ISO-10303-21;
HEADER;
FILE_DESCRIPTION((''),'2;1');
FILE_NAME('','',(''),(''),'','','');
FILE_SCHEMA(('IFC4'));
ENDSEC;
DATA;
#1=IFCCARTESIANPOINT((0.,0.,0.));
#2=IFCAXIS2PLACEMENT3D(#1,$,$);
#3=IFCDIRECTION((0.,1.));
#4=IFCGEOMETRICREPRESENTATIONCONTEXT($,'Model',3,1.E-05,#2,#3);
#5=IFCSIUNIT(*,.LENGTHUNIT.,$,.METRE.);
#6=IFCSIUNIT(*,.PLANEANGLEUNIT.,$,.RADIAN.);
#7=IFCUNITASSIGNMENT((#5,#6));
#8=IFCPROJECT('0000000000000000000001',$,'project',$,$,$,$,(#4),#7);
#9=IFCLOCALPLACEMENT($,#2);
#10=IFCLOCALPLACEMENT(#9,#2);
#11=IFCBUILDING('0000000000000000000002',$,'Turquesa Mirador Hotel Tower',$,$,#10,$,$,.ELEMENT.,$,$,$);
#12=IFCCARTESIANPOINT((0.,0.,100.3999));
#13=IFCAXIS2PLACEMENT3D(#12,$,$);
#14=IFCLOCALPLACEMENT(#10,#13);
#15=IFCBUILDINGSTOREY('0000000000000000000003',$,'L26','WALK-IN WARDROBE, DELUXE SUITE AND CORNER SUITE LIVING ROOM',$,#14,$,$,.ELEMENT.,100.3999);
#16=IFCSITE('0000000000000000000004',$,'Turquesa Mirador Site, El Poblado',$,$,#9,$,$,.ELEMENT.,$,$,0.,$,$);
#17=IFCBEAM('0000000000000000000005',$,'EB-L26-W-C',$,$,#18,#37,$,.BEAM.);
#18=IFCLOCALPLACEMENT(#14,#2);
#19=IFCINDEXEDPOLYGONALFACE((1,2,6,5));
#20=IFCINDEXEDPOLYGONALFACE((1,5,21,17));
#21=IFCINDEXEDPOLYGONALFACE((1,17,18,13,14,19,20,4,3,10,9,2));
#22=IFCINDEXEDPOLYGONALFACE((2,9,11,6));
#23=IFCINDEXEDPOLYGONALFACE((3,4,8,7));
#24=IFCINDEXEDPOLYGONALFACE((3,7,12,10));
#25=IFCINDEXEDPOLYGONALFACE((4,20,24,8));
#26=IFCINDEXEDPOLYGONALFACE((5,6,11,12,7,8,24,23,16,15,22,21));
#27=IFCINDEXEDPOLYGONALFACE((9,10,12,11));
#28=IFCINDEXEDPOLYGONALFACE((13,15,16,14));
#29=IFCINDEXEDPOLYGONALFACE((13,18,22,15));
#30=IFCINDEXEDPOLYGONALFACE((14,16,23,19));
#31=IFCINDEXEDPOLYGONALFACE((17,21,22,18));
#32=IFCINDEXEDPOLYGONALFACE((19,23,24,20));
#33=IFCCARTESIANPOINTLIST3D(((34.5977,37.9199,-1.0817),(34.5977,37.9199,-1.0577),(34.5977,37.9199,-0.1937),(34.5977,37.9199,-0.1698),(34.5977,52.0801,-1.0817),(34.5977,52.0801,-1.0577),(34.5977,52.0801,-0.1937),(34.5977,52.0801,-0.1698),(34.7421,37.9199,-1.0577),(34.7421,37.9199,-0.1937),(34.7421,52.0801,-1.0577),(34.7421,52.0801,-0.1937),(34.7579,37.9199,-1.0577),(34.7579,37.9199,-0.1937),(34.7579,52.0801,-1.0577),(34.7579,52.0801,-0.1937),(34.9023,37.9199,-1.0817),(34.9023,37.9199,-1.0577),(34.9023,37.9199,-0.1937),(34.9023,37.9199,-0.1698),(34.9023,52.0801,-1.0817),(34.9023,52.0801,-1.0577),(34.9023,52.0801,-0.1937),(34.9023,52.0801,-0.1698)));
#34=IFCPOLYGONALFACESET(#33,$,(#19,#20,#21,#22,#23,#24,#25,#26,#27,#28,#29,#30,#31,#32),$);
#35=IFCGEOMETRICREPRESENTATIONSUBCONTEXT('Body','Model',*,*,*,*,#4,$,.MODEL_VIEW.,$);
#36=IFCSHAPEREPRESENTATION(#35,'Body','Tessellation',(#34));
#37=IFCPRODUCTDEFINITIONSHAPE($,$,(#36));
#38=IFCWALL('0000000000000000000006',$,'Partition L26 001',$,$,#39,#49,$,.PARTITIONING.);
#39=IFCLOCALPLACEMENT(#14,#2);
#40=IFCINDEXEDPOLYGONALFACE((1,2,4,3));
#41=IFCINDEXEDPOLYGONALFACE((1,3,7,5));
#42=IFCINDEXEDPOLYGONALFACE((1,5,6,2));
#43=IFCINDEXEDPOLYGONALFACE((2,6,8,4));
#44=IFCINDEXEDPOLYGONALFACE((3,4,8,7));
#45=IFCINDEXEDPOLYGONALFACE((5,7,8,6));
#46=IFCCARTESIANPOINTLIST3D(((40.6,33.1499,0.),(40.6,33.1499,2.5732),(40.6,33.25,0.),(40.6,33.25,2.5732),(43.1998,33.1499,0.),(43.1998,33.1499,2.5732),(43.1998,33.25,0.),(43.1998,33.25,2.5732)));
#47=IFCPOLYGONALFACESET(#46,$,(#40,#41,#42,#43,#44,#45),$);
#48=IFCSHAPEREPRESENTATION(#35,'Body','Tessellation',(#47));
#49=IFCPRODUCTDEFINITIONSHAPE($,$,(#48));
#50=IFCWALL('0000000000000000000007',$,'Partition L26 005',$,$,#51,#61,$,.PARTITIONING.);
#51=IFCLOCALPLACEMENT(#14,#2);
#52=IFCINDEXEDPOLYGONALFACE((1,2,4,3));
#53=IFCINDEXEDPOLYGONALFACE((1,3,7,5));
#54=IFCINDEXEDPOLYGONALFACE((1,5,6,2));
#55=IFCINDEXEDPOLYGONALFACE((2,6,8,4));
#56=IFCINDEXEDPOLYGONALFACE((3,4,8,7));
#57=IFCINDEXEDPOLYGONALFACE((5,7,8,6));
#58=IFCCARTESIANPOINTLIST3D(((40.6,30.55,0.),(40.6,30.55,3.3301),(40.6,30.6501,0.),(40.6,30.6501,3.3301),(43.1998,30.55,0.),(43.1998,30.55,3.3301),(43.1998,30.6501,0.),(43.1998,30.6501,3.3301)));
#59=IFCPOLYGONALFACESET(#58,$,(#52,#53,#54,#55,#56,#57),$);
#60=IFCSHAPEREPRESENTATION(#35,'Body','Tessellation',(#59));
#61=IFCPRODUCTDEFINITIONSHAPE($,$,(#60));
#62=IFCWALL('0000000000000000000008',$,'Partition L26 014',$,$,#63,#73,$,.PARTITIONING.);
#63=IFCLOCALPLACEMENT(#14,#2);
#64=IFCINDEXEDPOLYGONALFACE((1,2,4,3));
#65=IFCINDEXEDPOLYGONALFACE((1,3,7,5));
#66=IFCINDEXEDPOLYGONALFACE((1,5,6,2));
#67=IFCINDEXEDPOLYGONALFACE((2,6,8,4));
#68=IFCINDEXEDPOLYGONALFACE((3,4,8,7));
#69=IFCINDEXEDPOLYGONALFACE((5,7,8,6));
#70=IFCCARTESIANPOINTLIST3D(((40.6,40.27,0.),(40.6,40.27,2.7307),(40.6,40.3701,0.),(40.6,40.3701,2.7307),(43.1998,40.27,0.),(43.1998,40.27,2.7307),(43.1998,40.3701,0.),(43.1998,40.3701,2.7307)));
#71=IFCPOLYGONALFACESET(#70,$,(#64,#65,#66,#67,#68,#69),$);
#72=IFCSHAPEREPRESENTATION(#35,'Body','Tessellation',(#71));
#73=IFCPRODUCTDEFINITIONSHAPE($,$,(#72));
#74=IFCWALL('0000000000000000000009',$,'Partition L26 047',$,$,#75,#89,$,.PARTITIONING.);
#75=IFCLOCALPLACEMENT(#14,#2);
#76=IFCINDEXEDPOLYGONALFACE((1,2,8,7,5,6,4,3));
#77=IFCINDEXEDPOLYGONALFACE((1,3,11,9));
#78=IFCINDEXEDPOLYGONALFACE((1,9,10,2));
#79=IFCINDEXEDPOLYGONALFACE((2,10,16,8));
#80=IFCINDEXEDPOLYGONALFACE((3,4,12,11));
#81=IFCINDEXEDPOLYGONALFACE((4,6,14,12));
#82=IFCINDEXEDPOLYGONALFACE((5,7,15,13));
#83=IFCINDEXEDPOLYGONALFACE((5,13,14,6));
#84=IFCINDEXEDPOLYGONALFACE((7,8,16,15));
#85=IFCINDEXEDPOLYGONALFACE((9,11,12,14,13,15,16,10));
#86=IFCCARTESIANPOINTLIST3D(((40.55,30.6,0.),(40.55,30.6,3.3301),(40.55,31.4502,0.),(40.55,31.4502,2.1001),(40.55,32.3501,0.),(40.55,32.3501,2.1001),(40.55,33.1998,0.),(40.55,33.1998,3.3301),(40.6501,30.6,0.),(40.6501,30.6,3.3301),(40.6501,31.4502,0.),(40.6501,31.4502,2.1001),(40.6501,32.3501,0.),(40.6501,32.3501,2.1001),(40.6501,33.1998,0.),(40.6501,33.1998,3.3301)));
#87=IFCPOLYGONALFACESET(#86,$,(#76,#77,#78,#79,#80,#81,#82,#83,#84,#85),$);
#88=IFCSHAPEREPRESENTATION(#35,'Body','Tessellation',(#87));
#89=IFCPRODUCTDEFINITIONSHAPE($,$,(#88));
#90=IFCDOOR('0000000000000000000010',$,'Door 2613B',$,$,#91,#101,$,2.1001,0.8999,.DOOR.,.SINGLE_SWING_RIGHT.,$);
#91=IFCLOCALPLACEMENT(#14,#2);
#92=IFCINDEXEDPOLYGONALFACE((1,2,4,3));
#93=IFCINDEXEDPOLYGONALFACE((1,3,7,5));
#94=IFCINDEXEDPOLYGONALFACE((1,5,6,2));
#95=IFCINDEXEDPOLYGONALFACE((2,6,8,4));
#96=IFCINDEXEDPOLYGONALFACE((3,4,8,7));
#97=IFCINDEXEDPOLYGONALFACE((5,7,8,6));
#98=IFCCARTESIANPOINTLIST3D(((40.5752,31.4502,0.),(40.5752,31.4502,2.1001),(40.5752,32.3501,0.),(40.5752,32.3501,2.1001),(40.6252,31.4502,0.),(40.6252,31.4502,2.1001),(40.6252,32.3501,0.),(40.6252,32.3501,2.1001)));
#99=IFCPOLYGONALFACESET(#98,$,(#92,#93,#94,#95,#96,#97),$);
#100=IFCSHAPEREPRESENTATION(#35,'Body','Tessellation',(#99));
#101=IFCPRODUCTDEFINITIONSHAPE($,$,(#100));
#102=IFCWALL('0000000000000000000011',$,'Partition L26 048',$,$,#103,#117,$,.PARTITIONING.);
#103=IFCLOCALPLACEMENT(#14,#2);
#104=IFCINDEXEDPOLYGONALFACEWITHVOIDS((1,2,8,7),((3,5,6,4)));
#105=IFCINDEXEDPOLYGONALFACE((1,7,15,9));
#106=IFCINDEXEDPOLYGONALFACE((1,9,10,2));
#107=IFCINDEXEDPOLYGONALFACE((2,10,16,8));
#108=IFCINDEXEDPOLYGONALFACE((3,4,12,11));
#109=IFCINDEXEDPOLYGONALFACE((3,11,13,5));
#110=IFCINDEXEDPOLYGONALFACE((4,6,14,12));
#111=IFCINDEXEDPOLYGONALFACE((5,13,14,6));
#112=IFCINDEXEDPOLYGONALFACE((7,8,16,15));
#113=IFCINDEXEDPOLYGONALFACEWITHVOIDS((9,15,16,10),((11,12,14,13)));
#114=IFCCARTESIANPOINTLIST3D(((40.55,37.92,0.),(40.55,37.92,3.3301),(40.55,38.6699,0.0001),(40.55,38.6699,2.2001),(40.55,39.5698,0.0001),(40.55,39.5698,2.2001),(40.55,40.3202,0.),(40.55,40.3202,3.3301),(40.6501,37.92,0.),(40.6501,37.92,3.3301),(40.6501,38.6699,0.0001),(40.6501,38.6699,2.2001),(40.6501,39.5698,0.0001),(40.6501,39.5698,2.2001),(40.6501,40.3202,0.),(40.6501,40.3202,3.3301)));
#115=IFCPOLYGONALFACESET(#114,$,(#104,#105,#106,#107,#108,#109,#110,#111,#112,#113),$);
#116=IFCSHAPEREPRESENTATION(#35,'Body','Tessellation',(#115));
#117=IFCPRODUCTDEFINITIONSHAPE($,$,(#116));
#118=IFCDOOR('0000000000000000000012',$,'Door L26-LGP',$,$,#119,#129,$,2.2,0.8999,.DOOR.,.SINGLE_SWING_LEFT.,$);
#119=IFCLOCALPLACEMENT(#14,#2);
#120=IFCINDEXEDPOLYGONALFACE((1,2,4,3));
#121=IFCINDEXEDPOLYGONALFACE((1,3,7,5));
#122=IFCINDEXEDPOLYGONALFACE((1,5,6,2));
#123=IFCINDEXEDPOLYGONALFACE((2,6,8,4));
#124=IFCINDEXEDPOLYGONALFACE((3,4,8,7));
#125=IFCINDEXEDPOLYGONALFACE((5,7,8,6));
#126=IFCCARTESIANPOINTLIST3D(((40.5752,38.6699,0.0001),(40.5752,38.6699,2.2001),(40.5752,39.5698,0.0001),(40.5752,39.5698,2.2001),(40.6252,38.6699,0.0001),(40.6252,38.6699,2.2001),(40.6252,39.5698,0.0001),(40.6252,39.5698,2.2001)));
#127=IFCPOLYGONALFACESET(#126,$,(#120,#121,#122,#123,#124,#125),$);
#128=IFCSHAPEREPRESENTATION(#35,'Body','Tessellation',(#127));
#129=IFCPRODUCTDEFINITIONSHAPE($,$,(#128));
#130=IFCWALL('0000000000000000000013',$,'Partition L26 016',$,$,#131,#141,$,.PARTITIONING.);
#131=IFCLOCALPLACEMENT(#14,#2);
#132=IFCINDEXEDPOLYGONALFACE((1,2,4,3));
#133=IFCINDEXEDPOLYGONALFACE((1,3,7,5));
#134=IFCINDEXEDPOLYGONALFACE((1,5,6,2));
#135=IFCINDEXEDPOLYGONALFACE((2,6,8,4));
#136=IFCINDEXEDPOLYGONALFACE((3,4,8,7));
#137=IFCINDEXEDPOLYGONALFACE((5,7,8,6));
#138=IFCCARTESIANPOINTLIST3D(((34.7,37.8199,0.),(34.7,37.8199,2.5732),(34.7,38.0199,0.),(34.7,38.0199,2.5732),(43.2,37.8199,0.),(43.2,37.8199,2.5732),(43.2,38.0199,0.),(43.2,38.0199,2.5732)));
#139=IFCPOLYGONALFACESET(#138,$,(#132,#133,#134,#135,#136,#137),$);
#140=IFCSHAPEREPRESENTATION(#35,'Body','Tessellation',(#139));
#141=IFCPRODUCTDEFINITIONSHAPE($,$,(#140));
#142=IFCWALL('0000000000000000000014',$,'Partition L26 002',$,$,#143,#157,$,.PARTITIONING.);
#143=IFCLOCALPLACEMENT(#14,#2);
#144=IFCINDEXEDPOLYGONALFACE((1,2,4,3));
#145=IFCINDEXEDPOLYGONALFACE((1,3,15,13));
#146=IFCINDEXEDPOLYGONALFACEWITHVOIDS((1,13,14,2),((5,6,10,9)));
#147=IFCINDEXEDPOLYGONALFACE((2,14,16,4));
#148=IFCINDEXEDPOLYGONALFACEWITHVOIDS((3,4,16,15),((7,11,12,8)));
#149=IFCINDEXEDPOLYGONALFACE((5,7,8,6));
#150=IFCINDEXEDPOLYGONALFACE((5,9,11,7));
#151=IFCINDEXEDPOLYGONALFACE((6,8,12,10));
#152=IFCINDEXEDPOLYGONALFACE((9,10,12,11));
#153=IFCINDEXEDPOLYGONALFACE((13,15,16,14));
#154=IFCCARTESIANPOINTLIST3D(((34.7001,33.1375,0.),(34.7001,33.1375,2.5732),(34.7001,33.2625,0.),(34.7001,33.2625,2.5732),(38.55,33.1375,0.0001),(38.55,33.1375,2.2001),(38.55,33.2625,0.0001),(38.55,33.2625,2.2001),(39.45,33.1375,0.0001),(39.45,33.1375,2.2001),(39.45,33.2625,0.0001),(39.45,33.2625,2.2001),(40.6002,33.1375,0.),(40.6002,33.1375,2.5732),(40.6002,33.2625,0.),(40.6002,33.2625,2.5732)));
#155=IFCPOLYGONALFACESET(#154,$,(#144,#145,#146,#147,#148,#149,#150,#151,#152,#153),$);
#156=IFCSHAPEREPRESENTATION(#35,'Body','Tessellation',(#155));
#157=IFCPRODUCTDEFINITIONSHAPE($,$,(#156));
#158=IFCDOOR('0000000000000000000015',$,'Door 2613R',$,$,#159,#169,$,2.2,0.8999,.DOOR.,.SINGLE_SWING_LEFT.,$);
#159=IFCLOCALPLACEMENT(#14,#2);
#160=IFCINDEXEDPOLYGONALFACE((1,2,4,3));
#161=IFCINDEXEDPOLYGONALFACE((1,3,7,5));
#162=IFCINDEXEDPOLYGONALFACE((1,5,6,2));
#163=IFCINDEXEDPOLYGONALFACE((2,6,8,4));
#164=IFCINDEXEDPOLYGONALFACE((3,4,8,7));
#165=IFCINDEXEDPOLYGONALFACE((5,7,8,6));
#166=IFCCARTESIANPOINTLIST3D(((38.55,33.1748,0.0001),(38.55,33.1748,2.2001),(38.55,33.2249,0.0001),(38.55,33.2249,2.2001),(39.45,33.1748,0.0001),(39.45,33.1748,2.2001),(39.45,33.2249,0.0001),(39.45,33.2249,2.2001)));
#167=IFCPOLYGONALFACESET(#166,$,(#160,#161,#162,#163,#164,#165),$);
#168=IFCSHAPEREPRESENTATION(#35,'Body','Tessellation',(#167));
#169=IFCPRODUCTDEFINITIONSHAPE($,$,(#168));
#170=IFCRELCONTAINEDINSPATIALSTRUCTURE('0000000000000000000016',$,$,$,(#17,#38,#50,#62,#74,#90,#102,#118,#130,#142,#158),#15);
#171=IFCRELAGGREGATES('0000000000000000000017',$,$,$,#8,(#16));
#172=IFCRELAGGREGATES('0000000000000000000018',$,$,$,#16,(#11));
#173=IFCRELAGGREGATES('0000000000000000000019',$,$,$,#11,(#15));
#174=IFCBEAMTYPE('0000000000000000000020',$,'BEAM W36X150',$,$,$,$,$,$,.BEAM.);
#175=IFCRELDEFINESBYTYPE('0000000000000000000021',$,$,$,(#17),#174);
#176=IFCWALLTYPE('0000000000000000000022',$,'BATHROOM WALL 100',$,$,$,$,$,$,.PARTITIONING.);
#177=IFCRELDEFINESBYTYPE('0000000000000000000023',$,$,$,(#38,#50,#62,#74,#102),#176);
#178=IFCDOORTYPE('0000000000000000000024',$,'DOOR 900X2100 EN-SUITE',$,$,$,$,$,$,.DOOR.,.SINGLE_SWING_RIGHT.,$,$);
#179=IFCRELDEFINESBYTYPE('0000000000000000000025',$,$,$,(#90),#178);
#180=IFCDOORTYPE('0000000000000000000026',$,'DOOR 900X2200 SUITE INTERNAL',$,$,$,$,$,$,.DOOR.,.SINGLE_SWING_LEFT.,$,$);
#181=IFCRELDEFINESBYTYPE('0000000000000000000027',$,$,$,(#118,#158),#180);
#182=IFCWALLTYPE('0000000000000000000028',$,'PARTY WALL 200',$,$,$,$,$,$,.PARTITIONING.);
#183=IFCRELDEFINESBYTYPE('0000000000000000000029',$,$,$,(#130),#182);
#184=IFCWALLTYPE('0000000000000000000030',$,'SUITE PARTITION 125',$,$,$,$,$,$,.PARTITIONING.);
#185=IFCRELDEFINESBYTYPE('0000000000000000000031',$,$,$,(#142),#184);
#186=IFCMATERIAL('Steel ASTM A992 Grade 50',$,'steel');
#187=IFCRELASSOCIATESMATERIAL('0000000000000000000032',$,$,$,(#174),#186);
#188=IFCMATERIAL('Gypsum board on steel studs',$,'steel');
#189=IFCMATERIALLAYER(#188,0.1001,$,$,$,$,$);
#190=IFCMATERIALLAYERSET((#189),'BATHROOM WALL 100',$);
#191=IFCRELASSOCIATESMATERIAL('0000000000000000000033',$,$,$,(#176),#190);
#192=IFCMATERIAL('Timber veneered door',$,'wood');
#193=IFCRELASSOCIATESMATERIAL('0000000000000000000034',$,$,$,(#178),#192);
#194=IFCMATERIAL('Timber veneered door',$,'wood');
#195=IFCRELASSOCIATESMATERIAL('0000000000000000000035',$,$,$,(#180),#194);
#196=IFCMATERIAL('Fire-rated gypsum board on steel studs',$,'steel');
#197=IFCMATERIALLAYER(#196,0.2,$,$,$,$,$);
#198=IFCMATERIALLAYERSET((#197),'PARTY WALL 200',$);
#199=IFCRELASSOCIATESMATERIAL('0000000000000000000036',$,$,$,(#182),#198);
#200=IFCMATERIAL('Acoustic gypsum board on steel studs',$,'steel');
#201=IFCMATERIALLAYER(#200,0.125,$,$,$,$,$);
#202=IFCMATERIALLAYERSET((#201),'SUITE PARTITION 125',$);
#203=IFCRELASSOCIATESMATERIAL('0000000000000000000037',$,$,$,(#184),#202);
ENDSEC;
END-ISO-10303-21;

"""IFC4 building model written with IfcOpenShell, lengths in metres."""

from ifc_helpers import new_model, si_unit, direction, frame, frame_2d, origin, origin_2d, place, context, subcontext, project, spatial, rectangle, i_section, extrude, material, layer, layer_set, material_profile, profile_set, type_object, element, fill, save


model = new_model("IFC4")

# Units and contexts
model_context = context("Model", 3, precision=1e-05, world=origin(), true_north=direction((0.0, 1.0)))
body_context = subcontext(model_context, "Body", "Model", "MODEL_VIEW")
ifc_project = project(units=[si_unit("LENGTHUNIT", "METRE"), si_unit("PLANEANGLEUNIT", "RADIAN")], contexts=[model_context])

# Site, building, storey
site_placement = place(None, origin())
site = spatial("IfcSite", under=ifc_project, at=site_placement, Name="Turquesa Mirador Site, El Poblado", CompositionType="ELEMENT", RefElevation=0.0)
building_placement = place(site_placement, origin())
building = spatial("IfcBuilding", under=site, at=building_placement, Name="Turquesa Mirador Hotel Tower", CompositionType="ELEMENT")
storey_placement = place(building_placement, frame((0.0, 0.0, 100.3999)))
storey = spatial("IfcBuildingStorey", under=building, at=storey_placement, Name="L26", Description="WALK-IN WARDROBE, DELUXE SUITE AND CORNER SUITE LIVING ROOM", CompositionType="ELEMENT", Elevation=100.3999)

# Beam
ifc_material_1 = material(Name="Steel ASTM A992 Grade 50", Category="steel")
ifc_material_profile_1 = material_profile(ifc_material_1, i_section(OverallWidth=0.3047, OverallDepth=0.9119, WebThickness=0.0159, FlangeThickness=0.0239, at=origin_2d()), Name="W36X150")
ifc_profile_set_1 = profile_set([ifc_material_profile_1], Name="Steel ASTM A992 Grade 50")
beam_type_1 = type_object("IfcBeamType", Name="BEAM W36X150", PredefinedType="BEAM", material=ifc_profile_set_1)
beam_1_placement = place(storey_placement, frame((34.75, 37.9199, -0.6257), z_axis=(0.0, 1.0, 0.0), x_axis=(-1.0, 0.0, 0.0)))
element("IfcBeam", 1, at=beam_1_placement, inside=storey, type_object=beam_type_1, Name="EB-L26-W-C", PredefinedType="BEAM", context=body_context, shape_type="SweptSolid", body=[
    extrude(i_section(OverallWidth=0.3047, OverallDepth=0.9119, WebThickness=0.0159, FlangeThickness=0.0239, at=origin_2d()), origin(), (0.0, 0.0, 1.0), 14.1602),
])

# Walls
ifc_material_2 = material(Name="Gypsum board on steel studs", Category="steel")
ifc_layer_1 = layer(ifc_material_2, 0.1001)
ifc_layer_set_1 = layer_set([ifc_layer_1], Name="BATHROOM WALL 100")
wall_type_1 = type_object("IfcWallType", Name="BATHROOM WALL 100", PredefinedType="PARTITIONING", material=ifc_layer_set_1)
wall_1_placement = place(storey_placement, frame((40.6001, 33.2, 0.0), z_axis=(0.0, 0.0, 1.0), x_axis=(1.0, 0.0, 0.0)))
element("IfcWall", 2, at=wall_1_placement, inside=storey, type_object=wall_type_1, Name="Partition L26 001", PredefinedType="PARTITIONING", context=body_context, shape_type="SweptSolid", body=[
    extrude(rectangle(XDim=2.5999, YDim=0.1001, at=frame_2d((1.2998, 0.0))), origin(), (0.0, 0.0, 1.0), 2.5732),
])
wall_2_placement = place(storey_placement, frame((40.6001, 30.6001, 0.0), z_axis=(0.0, 0.0, 1.0), x_axis=(1.0, 0.0, 0.0)))
element("IfcWall", 3, at=wall_2_placement, inside=storey, type_object=wall_type_1, Name="Partition L26 005", PredefinedType="PARTITIONING", context=body_context, shape_type="SweptSolid", body=[
    extrude(rectangle(XDim=2.5999, YDim=0.1001, at=frame_2d((1.2998, 0.0))), origin(), (0.0, 0.0, 1.0), 3.3301),
])
wall_3_placement = place(storey_placement, frame((40.6001, 40.3201, 0.0), z_axis=(0.0, 0.0, 1.0), x_axis=(1.0, 0.0, 0.0)))
element("IfcWall", 4, at=wall_3_placement, inside=storey, type_object=wall_type_1, Name="Partition L26 014", PredefinedType="PARTITIONING", context=body_context, shape_type="SweptSolid", body=[
    extrude(rectangle(XDim=2.5999, YDim=0.1001, at=frame_2d((1.2998, 0.0))), origin(), (0.0, 0.0, 1.0), 2.7307),
])

# Walls, openings, doors
wall_4_placement = place(storey_placement, frame((40.6001, 30.6001, 0.0), z_axis=(0.0, 0.0, 1.0), x_axis=(0.0, 1.0, 0.0)))
wall_4 = element("IfcWall", 5, at=wall_4_placement, inside=storey, type_object=wall_type_1, Name="Partition L26 047", PredefinedType="PARTITIONING", context=body_context, shape_type="SweptSolid", body=[
    extrude(rectangle(XDim=2.5999, YDim=0.1001, at=frame_2d((1.2998, 0.0))), origin(), (0.0, 0.0, 1.0), 3.3301),
])
opening_1_placement = place(wall_4_placement, frame((0.8501, 0.0, 0.0)))
opening_1 = element("IfcOpeningElement", 6, at=opening_1_placement, cuts=wall_4, PredefinedType="OPENING", context=body_context, shape_type="SweptSolid", body=[
    extrude(rectangle(XDim=0.8999, YDim=2.1001, at=frame_2d((0.45, 1.05))), frame((0.0, 0.0601, 0.0), z_axis=(0.0, -1.0, 0.0), x_axis=(1.0, 0.0, 0.0)), (0.0, 0.0, 1.0), 0.1201),
])
ifc_material_3 = material(Name="Timber veneered door", Category="wood")
door_type_1 = type_object("IfcDoorType", Name="DOOR 900X2100 EN-SUITE", OperationType="SINGLE_SWING_RIGHT", PredefinedType="DOOR", material=ifc_material_3)
door_1_placement = place(opening_1_placement, origin())
door_1 = element("IfcDoor", 7, at=door_1_placement, inside=storey, type_object=door_type_1, Name="Door 2613B", OperationType="SINGLE_SWING_RIGHT", OverallHeight=2.1001, OverallWidth=0.8999, PredefinedType="DOOR", context=body_context, shape_type="SweptSolid", body=[
    extrude(rectangle(XDim=0.8999, YDim=2.1001, at=frame_2d((0.45, 1.05))), frame((0.0, 0.0249, 0.0), z_axis=(0.0, -1.0, 0.0), x_axis=(1.0, 0.0, 0.0)), (0.0, 0.0, 1.0), 0.05),
])
fill(opening_1, door_1)
wall_5_placement = place(storey_placement, frame((40.6001, 37.9199, 0.0), z_axis=(0.0, 0.0, 1.0), x_axis=(0.0, 1.0, 0.0)))
wall_5 = element("IfcWall", 8, at=wall_5_placement, inside=storey, type_object=wall_type_1, Name="Partition L26 048", PredefinedType="PARTITIONING", context=body_context, shape_type="SweptSolid", body=[
    extrude(rectangle(XDim=2.4001, YDim=0.1001, at=frame_2d((1.2002, 0.0))), origin(), (0.0, 0.0, 1.0), 3.3301),
])
opening_2_placement = place(wall_5_placement, frame((0.75, 0.0, 0.0)))
opening_2 = element("IfcOpeningElement", 9, at=opening_2_placement, cuts=wall_5, PredefinedType="OPENING", context=body_context, shape_type="SweptSolid", body=[
    extrude(rectangle(XDim=0.8999, YDim=2.2, at=frame_2d((0.45, 1.1001))), frame((0.0, 0.0601, 0.0), z_axis=(0.0, -1.0, 0.0), x_axis=(1.0, 0.0, 0.0)), (0.0, 0.0, 1.0), 0.1201),
])
ifc_material_4 = material(Name="Timber veneered door", Category="wood")
door_type_2 = type_object("IfcDoorType", Name="DOOR 900X2200 SUITE INTERNAL", OperationType="SINGLE_SWING_LEFT", PredefinedType="DOOR", material=ifc_material_4)
door_2_placement = place(opening_2_placement, origin())
door_2 = element("IfcDoor", 10, at=door_2_placement, inside=storey, type_object=door_type_2, Name="Door L26-LGP", OperationType="SINGLE_SWING_LEFT", OverallHeight=2.2, OverallWidth=0.8999, PredefinedType="DOOR", context=body_context, shape_type="SweptSolid", body=[
    extrude(rectangle(XDim=0.8999, YDim=2.2, at=frame_2d((0.45, 1.1001))), frame((0.0, 0.0249, 0.0), z_axis=(0.0, -1.0, 0.0), x_axis=(1.0, 0.0, 0.0)), (0.0, 0.0, 1.0), 0.05),
])
fill(opening_2, door_2)

# Wall
ifc_material_5 = material(Name="Fire-rated gypsum board on steel studs", Category="steel")
ifc_layer_2 = layer(ifc_material_5, 0.2)
ifc_layer_set_2 = layer_set([ifc_layer_2], Name="PARTY WALL 200")
wall_type_2 = type_object("IfcWallType", Name="PARTY WALL 200", PredefinedType="PARTITIONING", material=ifc_layer_set_2)
wall_6_placement = place(storey_placement, frame((34.7, 37.9199, 0.0), z_axis=(0.0, 0.0, 1.0), x_axis=(1.0, 0.0, 0.0)))
element("IfcWall", 11, at=wall_6_placement, inside=storey, type_object=wall_type_2, Name="Partition L26 016", PredefinedType="PARTITIONING", context=body_context, shape_type="SweptSolid", body=[
    extrude(rectangle(XDim=8.5, YDim=0.2, at=frame_2d((4.25, 0.0))), origin(), (0.0, 0.0, 1.0), 2.5732),
])

# Wall, opening, door
ifc_material_6 = material(Name="Acoustic gypsum board on steel studs", Category="steel")
ifc_layer_3 = layer(ifc_material_6, 0.125)
ifc_layer_set_3 = layer_set([ifc_layer_3], Name="SUITE PARTITION 125")
wall_type_3 = type_object("IfcWallType", Name="SUITE PARTITION 125", PredefinedType="PARTITIONING", material=ifc_layer_set_3)
wall_7_placement = place(storey_placement, frame((34.7, 33.2, 0.0), z_axis=(0.0, 0.0, 1.0), x_axis=(1.0, 0.0, 0.0)))
wall_7 = element("IfcWall", 12, at=wall_7_placement, inside=storey, type_object=wall_type_3, Name="Partition L26 002", PredefinedType="PARTITIONING", context=body_context, shape_type="SweptSolid", body=[
    extrude(rectangle(XDim=5.9001, YDim=0.125, at=frame_2d((2.9502, 0.0))), origin(), (0.0, 0.0, 1.0), 2.5732),
])
opening_3_placement = place(wall_7_placement, frame((3.8501, 0.0, 0.0)))
opening_3 = element("IfcOpeningElement", 13, at=opening_3_placement, cuts=wall_7, PredefinedType="OPENING", context=body_context, shape_type="SweptSolid", body=[
    extrude(rectangle(XDim=0.8999, YDim=2.2, at=frame_2d((0.45, 1.1001))), frame((0.0, 0.0725, 0.0), z_axis=(0.0, -1.0, 0.0), x_axis=(1.0, 0.0, 0.0)), (0.0, 0.0, 1.0), 0.145),
])
door_3_placement = place(opening_3_placement, origin())
door_3 = element("IfcDoor", 14, at=door_3_placement, inside=storey, type_object=door_type_2, Name="Door 2613R", OperationType="SINGLE_SWING_LEFT", OverallHeight=2.2, OverallWidth=0.8999, PredefinedType="DOOR", context=body_context, shape_type="SweptSolid", body=[
    extrude(rectangle(XDim=0.8999, YDim=2.2, at=frame_2d((0.45, 1.1001))), frame((0.0, 0.0249, 0.0), z_axis=(0.0, -1.0, 0.0), x_axis=(1.0, 0.0, 0.0)), (0.0, 0.0, 1.0), 0.05),
])
fill(opening_3, door_3)

save(model, "model.ifc")
